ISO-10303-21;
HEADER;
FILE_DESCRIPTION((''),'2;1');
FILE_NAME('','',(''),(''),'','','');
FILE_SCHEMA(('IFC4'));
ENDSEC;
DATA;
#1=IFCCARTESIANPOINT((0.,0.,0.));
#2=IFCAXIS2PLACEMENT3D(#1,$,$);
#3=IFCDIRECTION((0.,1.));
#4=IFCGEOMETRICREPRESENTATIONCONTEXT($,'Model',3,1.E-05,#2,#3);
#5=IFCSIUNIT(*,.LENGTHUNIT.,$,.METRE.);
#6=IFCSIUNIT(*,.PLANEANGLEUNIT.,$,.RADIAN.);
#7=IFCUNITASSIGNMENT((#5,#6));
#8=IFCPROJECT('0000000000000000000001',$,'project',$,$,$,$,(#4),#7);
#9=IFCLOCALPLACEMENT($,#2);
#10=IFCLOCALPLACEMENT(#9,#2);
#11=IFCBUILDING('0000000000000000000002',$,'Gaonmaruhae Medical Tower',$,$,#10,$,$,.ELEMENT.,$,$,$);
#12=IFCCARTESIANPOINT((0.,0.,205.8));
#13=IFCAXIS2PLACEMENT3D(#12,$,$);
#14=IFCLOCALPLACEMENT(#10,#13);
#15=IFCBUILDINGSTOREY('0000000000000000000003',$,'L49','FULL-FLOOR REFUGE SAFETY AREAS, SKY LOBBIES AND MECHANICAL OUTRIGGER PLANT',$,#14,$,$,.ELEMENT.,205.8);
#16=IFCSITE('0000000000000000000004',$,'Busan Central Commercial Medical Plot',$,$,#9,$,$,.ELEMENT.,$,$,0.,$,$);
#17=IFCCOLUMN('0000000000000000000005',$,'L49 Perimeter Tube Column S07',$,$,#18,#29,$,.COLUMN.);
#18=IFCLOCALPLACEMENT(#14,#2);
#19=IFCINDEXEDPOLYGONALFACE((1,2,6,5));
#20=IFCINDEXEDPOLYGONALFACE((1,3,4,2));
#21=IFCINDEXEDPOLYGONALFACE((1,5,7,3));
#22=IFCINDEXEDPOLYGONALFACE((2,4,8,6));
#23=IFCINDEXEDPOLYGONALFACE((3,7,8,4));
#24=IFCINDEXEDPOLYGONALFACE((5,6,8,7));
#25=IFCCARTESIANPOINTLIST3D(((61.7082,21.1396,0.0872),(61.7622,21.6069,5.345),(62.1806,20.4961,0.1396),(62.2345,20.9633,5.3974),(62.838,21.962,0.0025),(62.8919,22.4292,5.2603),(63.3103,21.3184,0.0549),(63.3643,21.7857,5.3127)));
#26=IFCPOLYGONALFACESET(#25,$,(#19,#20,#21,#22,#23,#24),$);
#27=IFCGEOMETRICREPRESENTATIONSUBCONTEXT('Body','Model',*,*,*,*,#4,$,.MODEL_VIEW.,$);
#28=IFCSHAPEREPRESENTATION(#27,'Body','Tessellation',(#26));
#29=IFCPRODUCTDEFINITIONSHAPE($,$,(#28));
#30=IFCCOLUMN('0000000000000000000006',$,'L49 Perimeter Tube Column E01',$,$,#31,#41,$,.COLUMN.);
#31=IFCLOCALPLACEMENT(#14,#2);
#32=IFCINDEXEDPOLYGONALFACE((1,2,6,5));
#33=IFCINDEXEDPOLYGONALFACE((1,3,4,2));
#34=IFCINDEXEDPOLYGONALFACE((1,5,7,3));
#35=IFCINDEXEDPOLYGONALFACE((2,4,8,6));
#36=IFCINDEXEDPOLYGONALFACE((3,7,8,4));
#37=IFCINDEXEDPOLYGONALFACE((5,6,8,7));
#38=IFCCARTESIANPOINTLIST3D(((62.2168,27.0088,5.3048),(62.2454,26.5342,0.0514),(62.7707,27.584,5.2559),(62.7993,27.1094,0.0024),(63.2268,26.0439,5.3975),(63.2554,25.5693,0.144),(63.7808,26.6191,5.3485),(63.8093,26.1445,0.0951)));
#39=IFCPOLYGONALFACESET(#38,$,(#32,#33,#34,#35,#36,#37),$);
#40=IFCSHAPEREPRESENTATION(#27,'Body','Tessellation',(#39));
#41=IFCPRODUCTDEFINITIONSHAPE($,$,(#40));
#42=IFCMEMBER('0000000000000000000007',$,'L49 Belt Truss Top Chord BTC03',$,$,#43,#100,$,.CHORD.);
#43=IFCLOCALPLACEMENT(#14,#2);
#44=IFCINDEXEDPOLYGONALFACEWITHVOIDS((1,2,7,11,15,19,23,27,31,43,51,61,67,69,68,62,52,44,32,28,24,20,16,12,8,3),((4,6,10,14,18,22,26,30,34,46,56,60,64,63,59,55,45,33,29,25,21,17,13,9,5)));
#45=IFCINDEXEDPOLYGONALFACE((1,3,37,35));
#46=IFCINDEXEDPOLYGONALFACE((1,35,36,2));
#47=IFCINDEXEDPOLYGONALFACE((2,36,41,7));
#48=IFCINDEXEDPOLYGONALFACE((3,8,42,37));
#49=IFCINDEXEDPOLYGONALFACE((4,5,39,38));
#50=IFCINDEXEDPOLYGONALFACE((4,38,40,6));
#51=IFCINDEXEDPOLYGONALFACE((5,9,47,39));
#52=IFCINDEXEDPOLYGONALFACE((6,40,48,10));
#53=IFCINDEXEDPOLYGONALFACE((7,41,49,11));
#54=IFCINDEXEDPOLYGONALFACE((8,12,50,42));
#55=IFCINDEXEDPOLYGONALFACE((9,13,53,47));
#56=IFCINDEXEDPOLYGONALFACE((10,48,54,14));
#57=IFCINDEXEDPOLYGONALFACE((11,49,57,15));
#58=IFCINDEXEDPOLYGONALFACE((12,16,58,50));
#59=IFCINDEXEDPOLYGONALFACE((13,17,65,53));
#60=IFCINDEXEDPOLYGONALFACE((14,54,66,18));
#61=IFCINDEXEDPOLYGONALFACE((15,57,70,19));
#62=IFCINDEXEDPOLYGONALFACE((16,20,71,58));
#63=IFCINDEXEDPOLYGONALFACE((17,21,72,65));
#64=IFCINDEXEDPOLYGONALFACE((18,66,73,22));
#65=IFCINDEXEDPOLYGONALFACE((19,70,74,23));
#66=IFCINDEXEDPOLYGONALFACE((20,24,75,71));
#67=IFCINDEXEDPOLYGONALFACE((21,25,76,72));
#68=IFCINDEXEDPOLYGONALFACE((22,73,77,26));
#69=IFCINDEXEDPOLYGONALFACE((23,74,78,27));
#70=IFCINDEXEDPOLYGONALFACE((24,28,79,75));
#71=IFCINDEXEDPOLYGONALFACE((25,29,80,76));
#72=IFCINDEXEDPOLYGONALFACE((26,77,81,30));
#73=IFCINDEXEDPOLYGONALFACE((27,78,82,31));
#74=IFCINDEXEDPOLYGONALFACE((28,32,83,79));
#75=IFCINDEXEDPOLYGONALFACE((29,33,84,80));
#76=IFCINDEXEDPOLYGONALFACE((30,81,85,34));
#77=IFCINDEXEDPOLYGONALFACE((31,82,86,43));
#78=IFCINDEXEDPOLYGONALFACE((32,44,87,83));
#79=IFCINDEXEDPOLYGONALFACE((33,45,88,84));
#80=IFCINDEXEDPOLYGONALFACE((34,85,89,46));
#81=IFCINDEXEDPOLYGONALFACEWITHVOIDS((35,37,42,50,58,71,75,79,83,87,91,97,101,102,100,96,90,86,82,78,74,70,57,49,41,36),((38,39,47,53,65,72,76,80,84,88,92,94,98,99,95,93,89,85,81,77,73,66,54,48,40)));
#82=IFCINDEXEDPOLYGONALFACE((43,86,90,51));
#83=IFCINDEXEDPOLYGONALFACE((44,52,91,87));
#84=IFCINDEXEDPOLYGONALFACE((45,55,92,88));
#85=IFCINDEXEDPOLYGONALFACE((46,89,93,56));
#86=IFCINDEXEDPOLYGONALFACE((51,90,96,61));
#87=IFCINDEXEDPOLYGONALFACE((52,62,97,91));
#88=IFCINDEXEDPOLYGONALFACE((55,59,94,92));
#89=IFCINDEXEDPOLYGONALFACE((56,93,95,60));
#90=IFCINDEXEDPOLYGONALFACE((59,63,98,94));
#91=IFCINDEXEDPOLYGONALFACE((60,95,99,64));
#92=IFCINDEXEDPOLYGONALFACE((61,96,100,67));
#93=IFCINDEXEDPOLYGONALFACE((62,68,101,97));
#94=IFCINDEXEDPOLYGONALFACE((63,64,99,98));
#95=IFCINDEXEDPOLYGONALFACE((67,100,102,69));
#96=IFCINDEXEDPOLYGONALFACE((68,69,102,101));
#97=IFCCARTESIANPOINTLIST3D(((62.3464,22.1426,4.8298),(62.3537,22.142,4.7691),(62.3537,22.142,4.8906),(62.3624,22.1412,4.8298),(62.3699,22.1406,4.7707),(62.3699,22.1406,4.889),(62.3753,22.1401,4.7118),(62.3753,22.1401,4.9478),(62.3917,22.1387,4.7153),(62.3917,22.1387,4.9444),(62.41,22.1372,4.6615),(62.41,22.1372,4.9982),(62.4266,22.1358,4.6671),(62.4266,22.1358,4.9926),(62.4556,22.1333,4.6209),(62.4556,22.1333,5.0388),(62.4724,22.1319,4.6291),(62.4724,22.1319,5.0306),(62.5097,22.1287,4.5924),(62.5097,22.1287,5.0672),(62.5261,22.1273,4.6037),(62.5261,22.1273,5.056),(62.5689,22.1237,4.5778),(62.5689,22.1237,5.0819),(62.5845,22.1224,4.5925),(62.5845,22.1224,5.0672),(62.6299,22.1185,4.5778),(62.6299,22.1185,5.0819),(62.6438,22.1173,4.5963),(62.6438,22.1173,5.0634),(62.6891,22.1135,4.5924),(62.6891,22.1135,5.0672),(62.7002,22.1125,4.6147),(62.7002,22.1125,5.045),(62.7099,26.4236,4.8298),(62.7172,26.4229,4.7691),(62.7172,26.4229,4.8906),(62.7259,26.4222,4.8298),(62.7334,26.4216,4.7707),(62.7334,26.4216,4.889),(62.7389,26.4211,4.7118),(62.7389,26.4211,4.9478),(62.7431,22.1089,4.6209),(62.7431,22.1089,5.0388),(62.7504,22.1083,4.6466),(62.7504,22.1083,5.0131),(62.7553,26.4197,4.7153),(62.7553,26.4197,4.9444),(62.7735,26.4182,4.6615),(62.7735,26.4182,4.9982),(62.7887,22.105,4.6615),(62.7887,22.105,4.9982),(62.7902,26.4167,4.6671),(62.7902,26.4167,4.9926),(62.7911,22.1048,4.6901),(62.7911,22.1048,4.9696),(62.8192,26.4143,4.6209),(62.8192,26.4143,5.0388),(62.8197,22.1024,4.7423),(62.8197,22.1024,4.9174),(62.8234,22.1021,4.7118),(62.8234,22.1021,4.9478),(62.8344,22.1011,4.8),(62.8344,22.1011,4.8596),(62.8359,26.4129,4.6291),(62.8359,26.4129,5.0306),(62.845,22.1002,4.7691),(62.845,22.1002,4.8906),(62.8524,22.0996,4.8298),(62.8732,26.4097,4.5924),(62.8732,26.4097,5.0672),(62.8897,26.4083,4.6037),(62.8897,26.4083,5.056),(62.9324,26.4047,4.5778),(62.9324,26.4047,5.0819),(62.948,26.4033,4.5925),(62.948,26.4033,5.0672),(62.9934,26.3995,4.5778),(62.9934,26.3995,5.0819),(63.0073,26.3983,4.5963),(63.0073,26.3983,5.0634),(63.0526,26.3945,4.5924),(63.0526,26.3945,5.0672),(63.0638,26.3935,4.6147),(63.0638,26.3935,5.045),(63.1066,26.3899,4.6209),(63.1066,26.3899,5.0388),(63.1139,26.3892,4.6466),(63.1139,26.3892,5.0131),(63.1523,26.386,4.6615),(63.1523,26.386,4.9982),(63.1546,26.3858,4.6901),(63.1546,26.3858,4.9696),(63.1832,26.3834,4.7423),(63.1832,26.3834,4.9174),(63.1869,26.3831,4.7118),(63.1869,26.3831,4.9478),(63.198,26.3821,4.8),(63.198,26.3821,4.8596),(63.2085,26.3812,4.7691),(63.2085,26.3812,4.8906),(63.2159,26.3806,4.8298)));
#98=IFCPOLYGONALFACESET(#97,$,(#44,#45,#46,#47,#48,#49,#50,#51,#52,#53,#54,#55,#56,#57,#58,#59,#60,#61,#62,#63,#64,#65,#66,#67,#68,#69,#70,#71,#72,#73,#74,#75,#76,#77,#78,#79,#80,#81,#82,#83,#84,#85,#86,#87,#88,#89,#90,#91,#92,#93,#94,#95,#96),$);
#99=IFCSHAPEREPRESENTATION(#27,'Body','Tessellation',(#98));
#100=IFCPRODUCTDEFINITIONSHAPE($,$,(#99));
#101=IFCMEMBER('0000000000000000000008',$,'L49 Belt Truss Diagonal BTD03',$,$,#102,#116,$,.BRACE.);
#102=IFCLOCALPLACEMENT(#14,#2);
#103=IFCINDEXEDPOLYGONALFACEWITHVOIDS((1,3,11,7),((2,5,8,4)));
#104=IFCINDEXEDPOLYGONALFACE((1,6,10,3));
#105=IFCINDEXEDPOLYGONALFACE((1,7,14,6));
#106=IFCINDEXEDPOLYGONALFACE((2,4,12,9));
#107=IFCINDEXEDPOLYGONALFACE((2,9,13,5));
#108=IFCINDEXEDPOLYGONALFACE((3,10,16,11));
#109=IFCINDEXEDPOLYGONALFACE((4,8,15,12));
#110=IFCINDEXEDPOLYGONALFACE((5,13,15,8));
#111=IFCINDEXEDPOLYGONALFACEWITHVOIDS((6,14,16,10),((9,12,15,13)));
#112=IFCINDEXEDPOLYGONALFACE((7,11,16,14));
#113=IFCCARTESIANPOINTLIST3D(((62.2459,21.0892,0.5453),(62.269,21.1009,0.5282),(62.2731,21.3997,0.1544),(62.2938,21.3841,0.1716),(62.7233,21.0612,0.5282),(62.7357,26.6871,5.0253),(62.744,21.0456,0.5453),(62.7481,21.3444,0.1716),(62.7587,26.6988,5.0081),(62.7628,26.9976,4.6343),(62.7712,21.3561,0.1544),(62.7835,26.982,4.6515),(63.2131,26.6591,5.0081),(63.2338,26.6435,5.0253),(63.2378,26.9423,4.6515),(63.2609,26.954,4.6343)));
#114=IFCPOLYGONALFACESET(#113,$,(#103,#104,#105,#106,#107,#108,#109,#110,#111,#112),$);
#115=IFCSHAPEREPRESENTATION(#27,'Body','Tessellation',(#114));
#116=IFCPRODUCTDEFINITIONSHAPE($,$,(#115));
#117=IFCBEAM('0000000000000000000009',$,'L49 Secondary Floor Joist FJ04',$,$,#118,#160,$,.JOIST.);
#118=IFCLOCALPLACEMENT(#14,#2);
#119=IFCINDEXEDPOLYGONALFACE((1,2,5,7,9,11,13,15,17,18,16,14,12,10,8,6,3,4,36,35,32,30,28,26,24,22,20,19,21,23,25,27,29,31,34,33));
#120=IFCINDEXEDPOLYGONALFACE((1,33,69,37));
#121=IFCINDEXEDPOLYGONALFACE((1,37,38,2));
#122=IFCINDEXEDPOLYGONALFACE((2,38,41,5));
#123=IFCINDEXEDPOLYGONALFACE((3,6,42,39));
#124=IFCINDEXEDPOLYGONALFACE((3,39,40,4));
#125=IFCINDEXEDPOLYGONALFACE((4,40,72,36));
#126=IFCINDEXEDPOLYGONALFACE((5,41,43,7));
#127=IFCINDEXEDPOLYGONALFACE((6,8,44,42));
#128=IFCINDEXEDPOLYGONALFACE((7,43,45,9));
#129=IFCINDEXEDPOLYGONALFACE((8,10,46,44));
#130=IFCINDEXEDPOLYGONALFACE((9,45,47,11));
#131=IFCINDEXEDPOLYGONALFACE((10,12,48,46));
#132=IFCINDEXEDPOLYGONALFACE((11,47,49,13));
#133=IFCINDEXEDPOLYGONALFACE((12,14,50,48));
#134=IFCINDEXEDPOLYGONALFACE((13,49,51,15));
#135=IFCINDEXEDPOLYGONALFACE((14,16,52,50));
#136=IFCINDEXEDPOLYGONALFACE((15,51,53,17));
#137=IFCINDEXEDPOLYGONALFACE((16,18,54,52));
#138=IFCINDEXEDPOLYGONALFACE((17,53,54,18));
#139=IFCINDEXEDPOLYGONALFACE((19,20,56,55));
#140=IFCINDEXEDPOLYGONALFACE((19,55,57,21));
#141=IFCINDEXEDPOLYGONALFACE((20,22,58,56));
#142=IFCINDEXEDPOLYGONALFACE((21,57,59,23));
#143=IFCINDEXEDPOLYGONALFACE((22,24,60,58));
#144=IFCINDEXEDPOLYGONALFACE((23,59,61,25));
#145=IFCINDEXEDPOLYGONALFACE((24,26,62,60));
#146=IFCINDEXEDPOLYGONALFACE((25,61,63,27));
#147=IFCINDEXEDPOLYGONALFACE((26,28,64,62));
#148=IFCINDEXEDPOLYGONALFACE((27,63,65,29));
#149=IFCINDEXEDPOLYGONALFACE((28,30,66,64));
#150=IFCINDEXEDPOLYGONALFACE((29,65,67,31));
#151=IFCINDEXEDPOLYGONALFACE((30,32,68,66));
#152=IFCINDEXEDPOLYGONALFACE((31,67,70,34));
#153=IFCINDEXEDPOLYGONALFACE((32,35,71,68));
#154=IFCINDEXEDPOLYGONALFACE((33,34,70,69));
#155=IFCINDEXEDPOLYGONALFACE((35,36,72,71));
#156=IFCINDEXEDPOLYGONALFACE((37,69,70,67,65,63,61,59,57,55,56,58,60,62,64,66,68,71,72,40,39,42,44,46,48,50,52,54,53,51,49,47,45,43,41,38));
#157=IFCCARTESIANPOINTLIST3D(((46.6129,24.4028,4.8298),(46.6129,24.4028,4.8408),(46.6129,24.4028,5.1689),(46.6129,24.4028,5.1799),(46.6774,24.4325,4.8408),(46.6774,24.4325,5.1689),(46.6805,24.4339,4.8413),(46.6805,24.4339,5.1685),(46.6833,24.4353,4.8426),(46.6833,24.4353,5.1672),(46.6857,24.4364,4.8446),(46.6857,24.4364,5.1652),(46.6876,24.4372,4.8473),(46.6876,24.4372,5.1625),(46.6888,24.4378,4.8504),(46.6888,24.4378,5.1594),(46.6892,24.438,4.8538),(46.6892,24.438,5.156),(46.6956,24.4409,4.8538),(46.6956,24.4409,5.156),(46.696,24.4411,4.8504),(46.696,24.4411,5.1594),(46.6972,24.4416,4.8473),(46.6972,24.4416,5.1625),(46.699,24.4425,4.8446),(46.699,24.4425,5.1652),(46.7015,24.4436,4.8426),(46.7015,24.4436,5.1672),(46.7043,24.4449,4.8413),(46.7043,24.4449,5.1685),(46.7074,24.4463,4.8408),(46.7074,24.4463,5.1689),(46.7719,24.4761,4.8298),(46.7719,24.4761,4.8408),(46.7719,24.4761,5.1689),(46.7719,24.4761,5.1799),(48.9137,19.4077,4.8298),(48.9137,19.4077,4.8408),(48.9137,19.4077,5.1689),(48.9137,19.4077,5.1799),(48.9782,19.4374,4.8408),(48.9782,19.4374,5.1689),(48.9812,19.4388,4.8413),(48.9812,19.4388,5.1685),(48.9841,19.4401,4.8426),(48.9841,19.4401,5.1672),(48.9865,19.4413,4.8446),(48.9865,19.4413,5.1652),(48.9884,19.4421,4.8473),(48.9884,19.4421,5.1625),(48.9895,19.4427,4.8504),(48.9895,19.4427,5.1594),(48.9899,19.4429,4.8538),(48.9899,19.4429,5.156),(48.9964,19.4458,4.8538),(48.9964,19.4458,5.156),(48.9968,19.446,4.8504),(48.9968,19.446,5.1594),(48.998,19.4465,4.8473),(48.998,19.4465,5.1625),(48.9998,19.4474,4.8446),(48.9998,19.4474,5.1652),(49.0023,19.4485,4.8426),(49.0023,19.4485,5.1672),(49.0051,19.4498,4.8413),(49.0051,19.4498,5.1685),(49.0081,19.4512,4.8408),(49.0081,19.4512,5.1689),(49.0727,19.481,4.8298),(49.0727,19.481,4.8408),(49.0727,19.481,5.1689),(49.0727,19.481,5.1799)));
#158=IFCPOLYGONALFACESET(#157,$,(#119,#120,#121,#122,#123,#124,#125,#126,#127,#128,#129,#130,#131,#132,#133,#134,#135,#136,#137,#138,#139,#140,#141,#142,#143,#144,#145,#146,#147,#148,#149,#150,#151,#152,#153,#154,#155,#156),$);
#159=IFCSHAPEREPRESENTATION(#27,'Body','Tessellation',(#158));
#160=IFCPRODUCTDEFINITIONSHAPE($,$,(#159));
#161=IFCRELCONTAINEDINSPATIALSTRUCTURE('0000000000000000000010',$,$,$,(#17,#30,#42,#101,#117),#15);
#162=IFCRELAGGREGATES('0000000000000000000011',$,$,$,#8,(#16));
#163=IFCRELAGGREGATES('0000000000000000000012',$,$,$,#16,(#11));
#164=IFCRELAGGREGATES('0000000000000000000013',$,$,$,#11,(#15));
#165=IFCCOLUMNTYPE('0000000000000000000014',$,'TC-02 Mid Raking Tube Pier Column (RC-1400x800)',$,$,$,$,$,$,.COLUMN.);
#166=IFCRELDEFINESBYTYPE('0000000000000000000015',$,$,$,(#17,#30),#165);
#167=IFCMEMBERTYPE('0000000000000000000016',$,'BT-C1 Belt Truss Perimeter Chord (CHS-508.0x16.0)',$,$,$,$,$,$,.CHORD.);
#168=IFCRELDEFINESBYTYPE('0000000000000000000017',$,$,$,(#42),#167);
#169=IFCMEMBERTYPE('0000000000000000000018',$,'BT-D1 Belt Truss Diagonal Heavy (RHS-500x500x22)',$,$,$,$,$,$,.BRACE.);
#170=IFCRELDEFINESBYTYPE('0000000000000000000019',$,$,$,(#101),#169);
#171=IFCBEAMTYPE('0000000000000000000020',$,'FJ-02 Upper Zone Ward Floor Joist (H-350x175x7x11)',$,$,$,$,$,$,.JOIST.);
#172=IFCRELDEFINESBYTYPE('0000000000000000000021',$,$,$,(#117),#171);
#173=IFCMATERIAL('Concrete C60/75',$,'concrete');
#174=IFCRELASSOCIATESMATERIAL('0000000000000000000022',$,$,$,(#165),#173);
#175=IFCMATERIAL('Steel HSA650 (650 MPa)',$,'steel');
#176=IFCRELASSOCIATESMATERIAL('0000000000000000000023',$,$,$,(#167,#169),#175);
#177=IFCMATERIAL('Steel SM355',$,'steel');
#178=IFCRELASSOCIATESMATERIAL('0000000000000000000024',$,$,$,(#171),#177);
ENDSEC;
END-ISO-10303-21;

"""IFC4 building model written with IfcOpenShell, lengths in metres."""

from ifc_helpers import new_model, si_unit, direction, frame, origin, origin_2d, place, context, subcontext, project, spatial, rectangle, hollow_rectangle, hollow_circle, i_section, extrude, material, material_profile, profile_set, type_object, element, save


model = new_model("IFC4")

# Units and contexts
model_context = context("Model", 3, precision=1e-05, world=origin(), true_north=direction((0.0, 1.0)))
body_context = subcontext(model_context, "Body", "Model", "MODEL_VIEW")
ifc_project = project(units=[si_unit("LENGTHUNIT", "METRE"), si_unit("PLANEANGLEUNIT", "RADIAN")], contexts=[model_context])

# Site, building, storey
site_placement = place(None, origin())
site = spatial("IfcSite", under=ifc_project, at=site_placement, Name="Busan Central Commercial Medical Plot", CompositionType="ELEMENT", RefElevation=0.0)
building_placement = place(site_placement, origin())
building = spatial("IfcBuilding", under=site, at=building_placement, Name="Gaonmaruhae Medical Tower", CompositionType="ELEMENT")
storey_placement = place(building_placement, frame((0.0, 0.0, 205.8)))
storey = spatial("IfcBuildingStorey", under=building, at=storey_placement, Name="L49", Description="FULL-FLOOR REFUGE SAFETY AREAS, SKY LOBBIES AND MECHANICAL OUTRIGGER PLANT", CompositionType="ELEMENT", Elevation=205.8)

# Columns
ifc_material_1 = material(Name="Concrete C60/75", Category="concrete")
ifc_material_profile_1 = material_profile(ifc_material_1, rectangle(XDim=1.3999, YDim=0.8, at=origin_2d()), Name="RC-1400x800")
ifc_profile_set_1 = profile_set([ifc_material_profile_1], Name="Concrete C60/75")
column_type = type_object("IfcColumnType", Name="TC-02 Mid Raking Tube Pier Column (RC-1400x800)", PredefinedType="COLUMN", material=ifc_profile_set_1)
column_1_placement = place(storey_placement, frame((62.5093, 21.229, 0.071), z_axis=(0.010221, 0.088521, 0.996022), x_axis=(-0.807027, -0.587409, 0.060487)))
element("IfcColumn", 1, at=column_1_placement, inside=storey, type_object=column_type, Name="L49 Perimeter Tube Column S07", PredefinedType="COLUMN", context=body_context, shape_type="SweptSolid", body=[
    extrude(rectangle(XDim=1.3999, YDim=0.8, at=origin_2d()), origin(), (0.0, 0.0, 1.0), 5.2788),
])
column_2_placement = place(storey_placement, frame((63.0273, 26.3394, 0.0732), z_axis=(-0.005415, 0.089975, 0.995929), x_axis=(0.721511, -0.689232, 0.06619)))
element("IfcColumn", 2, at=column_2_placement, inside=storey, type_object=column_type, Name="L49 Perimeter Tube Column E01", PredefinedType="COLUMN", context=body_context, shape_type="SweptSolid", body=[
    extrude(rectangle(XDim=1.3999, YDim=0.8, at=origin_2d()), origin(), (0.0, 0.0, 1.0), 5.2749),
])

# Members
ifc_material_2 = material(Name="Steel HSA650 (650 MPa)", Category="steel")
ifc_material_profile_2 = material_profile(ifc_material_2, hollow_circle(Radius=0.2539, WallThickness=0.0161, at=origin_2d()), Name="CHS-508.0x16.0")
ifc_profile_set_2 = profile_set([ifc_material_profile_2], Name="Steel HSA650 (650 MPa)")
member_type_1 = type_object("IfcMemberType", Name="BT-C1 Belt Truss Perimeter Chord (CHS-508.0x16.0)", PredefinedType="CHORD", material=ifc_profile_set_2)
member_1_placement = place(storey_placement, frame((62.5994, 22.1211, 4.8298), z_axis=(0.084611, 0.996414, 0.0), x_axis=(-0.996414, 0.084611, 0.0)))
element("IfcMember", 3, at=member_1_placement, inside=storey, type_object=member_type_1, Name="L49 Belt Truss Top Chord BTC03", PredefinedType="CHORD", context=body_context, shape_type="SweptSolid", body=[
    extrude(hollow_circle(Radius=0.2539, WallThickness=0.0161, at=origin_2d()), origin(), (0.0, 0.0, 1.0), 4.2964),
])
ifc_material_profile_3 = material_profile(ifc_material_2, hollow_rectangle(XDim=0.5, YDim=0.5, WallThickness=0.022, at=origin_2d()), Name="RHS-500x500x22")
ifc_profile_set_3 = profile_set([ifc_material_profile_3], Name="Steel HSA650 (650 MPa)")
member_type_2 = type_object("IfcMemberType", Name="BT-D1 Belt Truss Diagonal Heavy (RHS-500x500x22)", PredefinedType="BRACE", material=ifc_profile_set_3)
member_2_placement = place(storey_placement, frame((62.5085, 21.2227, 0.3499), z_axis=(0.068148, 0.778941, 0.623384), x_axis=(-0.996195, 0.087155, 0.0)))
element("IfcMember", 4, at=member_2_placement, inside=storey, type_object=member_type_2, Name="L49 Belt Truss Diagonal BTD03", PredefinedType="BRACE", context=body_context, shape_type="SweptSolid", body=[
    extrude(hollow_rectangle(XDim=0.5, YDim=0.5, WallThickness=0.022, at=origin_2d()), origin(), (0.0, 0.0, 1.0), 7.1865),
])

# Beam
ifc_material_3 = material(Name="Steel SM355", Category="steel")
ifc_material_profile_4 = material_profile(ifc_material_3, i_section(OverallWidth=0.175, OverallDepth=0.3501, WebThickness=0.0071, FlangeThickness=0.011, FilletRadius=0.0129, at=origin_2d()), Name="H-350x175x7x11")
ifc_profile_set_4 = profile_set([ifc_material_profile_4], Name="Steel SM355")
beam_type_1 = type_object("IfcBeamType", Name="FJ-02 Upper Zone Ward Floor Joist (H-350x175x7x11)", PredefinedType="JOIST", material=ifc_profile_set_4)
beam_1_placement = place(storey_placement, frame((48.9932, 19.4443, 5.0049), z_axis=(-0.41836, 0.908281, 0.0), x_axis=(-0.908281, -0.41836, 0.0)))
element("IfcBeam", 5, at=beam_1_placement, inside=storey, type_object=beam_type_1, Name="L49 Secondary Floor Joist FJ04", PredefinedType="JOIST", context=body_context, shape_type="SweptSolid", body=[
    extrude(i_section(OverallWidth=0.175, OverallDepth=0.3501, WebThickness=0.0071, FlangeThickness=0.011, FilletRadius=0.0129, at=origin_2d()), origin(), (0.0, 0.0, 1.0), 5.4995),
])

save(model, "model.ifc")
